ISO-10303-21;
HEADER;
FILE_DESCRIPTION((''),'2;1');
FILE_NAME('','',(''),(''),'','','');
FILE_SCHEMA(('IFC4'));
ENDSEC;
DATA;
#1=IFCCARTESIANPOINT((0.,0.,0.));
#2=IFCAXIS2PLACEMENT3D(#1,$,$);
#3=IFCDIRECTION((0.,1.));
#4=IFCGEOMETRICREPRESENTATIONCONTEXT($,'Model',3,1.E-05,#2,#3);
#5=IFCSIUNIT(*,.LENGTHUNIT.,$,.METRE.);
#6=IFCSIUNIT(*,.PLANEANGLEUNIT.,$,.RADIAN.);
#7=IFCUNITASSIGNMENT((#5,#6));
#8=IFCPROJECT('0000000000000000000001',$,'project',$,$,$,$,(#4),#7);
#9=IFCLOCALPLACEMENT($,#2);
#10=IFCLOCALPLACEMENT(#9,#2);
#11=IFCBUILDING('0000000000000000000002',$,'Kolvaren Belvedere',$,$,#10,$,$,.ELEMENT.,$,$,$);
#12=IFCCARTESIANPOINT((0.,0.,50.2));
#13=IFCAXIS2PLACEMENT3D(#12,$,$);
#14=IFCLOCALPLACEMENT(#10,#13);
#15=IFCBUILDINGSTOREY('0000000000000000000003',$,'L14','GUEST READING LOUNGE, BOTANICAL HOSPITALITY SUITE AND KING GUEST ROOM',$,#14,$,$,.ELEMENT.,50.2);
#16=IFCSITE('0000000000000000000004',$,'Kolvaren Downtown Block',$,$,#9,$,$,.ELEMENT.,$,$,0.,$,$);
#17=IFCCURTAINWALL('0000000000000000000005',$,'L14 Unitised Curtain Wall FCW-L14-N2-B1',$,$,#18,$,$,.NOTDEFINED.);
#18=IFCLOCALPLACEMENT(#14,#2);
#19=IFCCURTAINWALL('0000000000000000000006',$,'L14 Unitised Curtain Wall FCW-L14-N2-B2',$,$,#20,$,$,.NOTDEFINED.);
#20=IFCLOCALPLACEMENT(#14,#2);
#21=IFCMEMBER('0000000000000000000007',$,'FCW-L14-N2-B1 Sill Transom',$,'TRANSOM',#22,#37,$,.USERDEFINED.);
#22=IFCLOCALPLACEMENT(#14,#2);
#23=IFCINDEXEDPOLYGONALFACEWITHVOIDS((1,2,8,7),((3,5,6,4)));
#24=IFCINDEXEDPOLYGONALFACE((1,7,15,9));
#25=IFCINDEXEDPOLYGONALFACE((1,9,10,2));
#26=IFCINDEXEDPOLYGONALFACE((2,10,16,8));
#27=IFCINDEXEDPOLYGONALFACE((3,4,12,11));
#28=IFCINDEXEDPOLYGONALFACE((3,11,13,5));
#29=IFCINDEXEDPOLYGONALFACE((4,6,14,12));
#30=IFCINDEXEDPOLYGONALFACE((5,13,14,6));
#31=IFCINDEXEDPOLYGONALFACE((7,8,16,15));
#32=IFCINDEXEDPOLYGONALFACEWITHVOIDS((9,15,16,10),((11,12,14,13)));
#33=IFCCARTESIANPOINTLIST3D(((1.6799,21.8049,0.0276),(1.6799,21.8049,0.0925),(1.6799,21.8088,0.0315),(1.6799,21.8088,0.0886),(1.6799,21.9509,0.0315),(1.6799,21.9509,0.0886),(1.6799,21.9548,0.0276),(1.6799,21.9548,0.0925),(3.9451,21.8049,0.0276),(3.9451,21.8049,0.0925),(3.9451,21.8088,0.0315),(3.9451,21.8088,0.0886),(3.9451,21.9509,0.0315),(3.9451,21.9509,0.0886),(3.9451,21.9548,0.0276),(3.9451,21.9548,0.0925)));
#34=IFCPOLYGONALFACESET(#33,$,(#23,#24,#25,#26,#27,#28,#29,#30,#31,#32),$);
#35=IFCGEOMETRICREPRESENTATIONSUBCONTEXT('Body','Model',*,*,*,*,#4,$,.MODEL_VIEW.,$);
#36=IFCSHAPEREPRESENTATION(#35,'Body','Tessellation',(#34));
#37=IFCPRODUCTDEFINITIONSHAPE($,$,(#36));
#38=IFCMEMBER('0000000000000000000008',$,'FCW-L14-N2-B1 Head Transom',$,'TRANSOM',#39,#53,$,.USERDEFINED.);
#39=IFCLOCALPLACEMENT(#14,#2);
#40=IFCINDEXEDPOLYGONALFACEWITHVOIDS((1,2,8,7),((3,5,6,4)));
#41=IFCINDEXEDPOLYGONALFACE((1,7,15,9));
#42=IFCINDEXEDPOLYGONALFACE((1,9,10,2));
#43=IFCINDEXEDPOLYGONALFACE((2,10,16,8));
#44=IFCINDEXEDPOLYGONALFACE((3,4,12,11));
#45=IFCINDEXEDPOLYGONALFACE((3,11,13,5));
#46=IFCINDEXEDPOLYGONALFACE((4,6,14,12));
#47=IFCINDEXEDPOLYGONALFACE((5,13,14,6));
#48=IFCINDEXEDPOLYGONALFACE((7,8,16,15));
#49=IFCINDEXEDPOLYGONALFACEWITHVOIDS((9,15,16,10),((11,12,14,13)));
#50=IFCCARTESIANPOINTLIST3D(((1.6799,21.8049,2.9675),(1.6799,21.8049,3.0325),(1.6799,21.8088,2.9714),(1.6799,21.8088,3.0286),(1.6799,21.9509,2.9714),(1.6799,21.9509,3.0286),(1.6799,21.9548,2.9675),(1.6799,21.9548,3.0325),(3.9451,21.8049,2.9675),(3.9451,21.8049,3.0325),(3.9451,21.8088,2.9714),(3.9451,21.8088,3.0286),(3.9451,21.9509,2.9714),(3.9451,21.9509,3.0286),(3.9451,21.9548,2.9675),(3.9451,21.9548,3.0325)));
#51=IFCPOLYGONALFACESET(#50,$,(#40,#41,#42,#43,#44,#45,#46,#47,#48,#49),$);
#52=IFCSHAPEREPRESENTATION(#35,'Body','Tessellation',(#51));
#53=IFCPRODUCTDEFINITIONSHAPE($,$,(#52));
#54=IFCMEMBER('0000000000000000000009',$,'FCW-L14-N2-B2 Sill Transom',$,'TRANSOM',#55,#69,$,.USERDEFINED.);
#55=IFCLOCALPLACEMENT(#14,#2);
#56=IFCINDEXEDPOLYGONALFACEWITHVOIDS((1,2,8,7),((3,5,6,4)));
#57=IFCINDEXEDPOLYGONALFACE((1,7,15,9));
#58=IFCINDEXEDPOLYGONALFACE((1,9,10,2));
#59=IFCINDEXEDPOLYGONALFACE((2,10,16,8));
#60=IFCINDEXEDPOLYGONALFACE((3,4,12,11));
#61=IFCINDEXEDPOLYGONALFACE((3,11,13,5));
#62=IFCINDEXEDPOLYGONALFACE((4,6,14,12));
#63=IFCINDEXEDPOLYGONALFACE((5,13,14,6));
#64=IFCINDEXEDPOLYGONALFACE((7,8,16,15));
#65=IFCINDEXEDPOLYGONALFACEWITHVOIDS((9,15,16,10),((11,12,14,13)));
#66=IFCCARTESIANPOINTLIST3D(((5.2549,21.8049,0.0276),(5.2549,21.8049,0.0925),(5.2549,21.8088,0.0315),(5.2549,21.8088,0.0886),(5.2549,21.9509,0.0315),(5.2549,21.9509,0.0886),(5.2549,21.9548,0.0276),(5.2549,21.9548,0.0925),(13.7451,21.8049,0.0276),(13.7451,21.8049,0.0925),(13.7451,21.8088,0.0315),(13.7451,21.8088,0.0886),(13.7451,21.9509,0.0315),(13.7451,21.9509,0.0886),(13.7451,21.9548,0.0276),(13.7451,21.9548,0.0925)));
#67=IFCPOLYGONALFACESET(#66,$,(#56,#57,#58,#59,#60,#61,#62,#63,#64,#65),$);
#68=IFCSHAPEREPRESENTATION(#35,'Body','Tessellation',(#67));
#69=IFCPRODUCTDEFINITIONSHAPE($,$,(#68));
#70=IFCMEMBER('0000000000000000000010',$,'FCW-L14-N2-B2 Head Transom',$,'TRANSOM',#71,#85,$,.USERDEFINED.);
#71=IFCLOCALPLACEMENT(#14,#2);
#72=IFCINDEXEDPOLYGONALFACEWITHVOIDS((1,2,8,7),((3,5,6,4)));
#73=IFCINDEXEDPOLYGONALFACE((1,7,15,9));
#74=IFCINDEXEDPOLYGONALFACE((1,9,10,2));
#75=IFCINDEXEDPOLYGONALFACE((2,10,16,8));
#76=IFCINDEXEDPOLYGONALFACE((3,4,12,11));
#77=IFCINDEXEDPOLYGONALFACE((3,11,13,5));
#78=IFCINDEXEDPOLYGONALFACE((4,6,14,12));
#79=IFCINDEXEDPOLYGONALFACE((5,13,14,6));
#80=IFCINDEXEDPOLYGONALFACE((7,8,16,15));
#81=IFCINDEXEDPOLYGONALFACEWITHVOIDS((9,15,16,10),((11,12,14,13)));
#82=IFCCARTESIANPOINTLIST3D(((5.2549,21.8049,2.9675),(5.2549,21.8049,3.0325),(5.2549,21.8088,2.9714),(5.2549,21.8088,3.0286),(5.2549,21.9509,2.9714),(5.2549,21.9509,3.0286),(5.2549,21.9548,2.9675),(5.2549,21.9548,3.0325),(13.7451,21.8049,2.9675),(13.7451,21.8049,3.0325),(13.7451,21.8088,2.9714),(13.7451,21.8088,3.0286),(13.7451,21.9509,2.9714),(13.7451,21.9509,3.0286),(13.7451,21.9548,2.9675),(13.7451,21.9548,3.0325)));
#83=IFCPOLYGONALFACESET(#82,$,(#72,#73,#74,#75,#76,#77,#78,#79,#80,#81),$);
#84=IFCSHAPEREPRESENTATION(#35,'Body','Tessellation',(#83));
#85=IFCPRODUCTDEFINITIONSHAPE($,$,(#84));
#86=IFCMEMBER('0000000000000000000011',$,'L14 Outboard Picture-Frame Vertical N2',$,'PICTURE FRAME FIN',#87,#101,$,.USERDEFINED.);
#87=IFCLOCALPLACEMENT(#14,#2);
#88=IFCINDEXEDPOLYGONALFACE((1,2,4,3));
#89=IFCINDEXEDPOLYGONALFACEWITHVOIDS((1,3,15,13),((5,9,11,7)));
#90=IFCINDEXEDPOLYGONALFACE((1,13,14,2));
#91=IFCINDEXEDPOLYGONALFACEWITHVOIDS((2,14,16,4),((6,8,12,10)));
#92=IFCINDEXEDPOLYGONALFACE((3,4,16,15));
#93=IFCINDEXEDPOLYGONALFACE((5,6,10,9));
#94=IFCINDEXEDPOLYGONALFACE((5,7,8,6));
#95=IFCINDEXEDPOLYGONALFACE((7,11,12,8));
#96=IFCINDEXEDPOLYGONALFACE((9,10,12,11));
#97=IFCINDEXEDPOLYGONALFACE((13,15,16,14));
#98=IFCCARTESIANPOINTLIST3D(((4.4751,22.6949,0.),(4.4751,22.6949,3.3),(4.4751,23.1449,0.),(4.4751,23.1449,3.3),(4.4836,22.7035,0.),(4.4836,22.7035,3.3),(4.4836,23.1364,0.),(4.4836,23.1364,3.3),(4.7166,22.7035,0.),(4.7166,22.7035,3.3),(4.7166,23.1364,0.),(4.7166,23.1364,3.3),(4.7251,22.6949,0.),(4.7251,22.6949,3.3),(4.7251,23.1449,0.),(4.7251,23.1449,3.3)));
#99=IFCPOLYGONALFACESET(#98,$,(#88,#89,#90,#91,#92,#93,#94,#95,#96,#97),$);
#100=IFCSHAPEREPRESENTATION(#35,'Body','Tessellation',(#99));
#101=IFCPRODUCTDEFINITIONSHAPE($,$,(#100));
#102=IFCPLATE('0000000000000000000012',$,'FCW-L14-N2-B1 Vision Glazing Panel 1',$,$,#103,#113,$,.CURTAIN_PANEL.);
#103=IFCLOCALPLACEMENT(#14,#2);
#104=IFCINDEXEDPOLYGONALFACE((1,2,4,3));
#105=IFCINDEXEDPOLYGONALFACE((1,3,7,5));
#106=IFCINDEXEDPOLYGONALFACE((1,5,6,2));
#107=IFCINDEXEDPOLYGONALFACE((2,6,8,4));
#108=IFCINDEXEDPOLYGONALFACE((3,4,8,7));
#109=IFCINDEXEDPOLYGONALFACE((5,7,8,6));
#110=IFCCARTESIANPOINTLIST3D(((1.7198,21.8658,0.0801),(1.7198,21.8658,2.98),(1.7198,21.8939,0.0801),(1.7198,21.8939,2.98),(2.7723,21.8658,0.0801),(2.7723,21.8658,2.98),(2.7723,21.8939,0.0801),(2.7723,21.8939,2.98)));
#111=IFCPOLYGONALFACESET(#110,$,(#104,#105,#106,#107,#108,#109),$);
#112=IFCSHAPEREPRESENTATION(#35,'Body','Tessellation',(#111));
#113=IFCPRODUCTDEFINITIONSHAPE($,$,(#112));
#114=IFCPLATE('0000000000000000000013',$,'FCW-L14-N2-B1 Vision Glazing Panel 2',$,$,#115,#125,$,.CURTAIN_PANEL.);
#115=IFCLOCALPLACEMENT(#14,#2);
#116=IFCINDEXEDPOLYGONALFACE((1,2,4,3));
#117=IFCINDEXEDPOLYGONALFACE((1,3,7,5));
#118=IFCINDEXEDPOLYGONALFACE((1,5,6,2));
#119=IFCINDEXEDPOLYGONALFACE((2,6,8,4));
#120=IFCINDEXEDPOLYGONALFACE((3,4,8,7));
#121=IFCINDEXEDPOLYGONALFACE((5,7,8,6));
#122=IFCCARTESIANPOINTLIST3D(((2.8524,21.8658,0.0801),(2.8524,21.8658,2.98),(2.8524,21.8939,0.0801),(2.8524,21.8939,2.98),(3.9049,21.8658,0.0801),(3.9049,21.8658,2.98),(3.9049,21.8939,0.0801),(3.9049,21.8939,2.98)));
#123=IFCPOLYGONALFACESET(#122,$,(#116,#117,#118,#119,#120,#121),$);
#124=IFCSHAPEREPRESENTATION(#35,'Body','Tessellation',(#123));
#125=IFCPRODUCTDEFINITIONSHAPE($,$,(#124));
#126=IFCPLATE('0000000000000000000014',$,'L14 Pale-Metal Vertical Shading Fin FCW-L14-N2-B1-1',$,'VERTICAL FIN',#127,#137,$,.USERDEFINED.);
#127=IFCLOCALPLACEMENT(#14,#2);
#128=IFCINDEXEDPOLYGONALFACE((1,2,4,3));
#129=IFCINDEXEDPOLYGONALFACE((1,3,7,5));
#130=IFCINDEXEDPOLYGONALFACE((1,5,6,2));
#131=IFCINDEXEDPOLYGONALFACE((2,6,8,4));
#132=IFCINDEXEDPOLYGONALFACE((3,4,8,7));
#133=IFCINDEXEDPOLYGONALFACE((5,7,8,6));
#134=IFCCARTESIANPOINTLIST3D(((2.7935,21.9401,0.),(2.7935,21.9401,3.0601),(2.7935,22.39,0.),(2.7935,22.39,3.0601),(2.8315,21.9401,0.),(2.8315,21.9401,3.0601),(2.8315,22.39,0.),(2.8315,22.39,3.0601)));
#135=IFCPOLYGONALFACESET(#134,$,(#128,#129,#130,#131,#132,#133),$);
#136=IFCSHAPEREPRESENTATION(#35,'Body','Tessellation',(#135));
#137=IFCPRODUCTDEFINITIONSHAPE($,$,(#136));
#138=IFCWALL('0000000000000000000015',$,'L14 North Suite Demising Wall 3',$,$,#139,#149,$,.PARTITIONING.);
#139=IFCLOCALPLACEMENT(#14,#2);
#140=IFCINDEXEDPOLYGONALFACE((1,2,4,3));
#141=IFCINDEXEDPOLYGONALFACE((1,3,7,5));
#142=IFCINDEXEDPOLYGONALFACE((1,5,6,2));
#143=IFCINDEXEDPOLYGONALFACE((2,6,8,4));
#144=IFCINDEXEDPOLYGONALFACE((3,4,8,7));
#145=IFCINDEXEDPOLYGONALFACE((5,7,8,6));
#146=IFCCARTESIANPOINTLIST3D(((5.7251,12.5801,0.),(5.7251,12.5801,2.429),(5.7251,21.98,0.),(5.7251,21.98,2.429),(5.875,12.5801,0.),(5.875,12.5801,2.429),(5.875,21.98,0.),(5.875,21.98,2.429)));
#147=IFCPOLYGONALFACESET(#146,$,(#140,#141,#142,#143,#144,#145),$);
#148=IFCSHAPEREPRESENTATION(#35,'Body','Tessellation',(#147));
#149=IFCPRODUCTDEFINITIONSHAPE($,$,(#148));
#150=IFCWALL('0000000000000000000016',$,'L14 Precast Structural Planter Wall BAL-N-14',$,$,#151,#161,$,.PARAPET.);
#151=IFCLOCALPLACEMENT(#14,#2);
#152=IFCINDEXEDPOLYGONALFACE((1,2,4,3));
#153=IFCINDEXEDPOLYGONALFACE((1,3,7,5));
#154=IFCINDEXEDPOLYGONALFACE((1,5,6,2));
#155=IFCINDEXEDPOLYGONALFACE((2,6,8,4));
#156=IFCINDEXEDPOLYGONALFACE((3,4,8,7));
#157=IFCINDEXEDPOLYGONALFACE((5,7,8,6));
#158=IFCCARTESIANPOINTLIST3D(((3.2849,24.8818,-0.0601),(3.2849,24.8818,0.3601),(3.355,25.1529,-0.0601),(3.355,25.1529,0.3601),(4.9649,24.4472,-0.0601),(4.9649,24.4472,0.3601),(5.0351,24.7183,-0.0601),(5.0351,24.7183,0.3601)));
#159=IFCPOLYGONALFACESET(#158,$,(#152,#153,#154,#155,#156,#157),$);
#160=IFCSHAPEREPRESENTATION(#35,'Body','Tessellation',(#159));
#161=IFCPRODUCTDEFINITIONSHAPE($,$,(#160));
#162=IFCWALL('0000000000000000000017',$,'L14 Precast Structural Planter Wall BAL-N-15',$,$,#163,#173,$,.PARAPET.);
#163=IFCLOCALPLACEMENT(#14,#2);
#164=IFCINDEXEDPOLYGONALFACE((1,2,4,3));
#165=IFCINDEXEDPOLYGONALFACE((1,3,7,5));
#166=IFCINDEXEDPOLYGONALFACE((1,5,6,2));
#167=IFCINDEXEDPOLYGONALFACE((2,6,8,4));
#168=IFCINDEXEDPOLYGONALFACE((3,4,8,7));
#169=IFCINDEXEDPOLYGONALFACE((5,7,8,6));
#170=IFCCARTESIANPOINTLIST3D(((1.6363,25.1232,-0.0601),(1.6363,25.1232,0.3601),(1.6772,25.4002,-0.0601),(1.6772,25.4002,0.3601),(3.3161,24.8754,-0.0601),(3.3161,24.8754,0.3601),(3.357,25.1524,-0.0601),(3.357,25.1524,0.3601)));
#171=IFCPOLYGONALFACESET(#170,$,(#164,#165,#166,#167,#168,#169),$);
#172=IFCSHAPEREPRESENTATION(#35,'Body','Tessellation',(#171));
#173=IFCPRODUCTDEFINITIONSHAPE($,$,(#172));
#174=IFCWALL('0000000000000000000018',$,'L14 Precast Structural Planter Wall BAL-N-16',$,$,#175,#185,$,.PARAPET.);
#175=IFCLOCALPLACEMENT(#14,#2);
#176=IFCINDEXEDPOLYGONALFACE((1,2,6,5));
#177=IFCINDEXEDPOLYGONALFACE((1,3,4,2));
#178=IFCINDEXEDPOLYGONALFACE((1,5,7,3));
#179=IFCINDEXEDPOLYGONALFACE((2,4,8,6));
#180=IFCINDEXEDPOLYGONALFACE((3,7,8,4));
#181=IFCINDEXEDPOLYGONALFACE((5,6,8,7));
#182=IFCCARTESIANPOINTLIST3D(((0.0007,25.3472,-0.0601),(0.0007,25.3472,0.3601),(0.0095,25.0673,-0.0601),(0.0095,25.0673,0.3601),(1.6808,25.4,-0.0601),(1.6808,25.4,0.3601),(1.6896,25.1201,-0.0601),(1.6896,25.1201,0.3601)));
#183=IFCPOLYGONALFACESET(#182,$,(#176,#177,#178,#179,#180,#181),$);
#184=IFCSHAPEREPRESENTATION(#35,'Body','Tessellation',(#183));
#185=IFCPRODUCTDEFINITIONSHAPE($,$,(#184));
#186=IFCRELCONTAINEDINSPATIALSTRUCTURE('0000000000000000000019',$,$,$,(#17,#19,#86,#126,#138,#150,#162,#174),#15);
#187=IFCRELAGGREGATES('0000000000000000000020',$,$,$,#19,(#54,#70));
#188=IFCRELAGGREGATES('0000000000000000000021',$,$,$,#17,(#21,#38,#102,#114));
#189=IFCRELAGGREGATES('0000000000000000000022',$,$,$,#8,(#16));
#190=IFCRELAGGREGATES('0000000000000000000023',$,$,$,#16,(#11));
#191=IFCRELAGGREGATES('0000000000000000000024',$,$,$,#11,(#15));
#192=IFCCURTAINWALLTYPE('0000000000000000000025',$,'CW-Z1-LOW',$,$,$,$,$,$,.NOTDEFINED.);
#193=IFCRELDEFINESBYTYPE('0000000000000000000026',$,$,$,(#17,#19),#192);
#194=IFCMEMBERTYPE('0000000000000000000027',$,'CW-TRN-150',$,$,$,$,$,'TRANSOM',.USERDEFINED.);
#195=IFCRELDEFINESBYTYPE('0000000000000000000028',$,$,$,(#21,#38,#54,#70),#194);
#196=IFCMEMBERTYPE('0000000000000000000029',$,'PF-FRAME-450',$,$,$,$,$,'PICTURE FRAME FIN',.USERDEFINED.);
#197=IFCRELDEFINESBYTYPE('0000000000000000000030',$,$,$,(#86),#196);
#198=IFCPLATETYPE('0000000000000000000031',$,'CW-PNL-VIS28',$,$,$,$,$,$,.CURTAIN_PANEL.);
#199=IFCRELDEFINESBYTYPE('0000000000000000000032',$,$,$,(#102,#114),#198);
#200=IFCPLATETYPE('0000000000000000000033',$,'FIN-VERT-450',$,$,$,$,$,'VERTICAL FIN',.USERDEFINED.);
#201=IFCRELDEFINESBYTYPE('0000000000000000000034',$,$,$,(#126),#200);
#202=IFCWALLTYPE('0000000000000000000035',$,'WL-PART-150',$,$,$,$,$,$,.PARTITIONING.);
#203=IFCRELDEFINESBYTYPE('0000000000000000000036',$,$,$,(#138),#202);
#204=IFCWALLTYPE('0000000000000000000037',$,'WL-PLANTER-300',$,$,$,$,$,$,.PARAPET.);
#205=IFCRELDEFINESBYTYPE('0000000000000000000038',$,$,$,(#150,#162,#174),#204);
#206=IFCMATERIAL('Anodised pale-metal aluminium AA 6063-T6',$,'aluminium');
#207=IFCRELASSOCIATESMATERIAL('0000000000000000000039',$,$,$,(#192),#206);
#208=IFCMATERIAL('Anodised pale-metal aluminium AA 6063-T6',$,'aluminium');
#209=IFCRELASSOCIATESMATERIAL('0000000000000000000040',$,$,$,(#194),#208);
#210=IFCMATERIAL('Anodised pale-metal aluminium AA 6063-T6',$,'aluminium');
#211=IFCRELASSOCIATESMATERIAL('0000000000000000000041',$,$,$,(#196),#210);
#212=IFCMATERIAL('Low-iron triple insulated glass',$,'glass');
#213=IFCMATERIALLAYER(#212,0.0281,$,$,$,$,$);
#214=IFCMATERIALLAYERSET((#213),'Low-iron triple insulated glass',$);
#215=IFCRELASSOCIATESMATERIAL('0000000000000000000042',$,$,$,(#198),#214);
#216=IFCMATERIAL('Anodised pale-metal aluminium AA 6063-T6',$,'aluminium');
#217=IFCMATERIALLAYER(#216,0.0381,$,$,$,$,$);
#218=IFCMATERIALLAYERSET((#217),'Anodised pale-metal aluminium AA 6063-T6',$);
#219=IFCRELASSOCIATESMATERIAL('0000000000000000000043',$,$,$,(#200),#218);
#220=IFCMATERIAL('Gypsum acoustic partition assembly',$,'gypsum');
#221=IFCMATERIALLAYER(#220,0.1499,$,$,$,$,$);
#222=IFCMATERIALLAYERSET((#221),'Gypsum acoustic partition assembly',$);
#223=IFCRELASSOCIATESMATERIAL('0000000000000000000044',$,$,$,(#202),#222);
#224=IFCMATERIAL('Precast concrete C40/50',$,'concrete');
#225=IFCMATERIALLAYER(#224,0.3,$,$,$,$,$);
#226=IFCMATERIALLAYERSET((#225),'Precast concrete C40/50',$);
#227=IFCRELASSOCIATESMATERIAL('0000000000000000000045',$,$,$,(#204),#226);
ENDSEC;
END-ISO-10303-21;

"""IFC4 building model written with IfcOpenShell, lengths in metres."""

from ifc_helpers import new_model, si_unit, direction, frame, frame_2d, origin, origin_2d, place, context, subcontext, project, spatial, rectangle, hollow_rectangle, extrude, material, layer, layer_set, material_profile, profile_set, type_object, element, aggregate, save


model = new_model("IFC4")

# Units and contexts
model_context = context("Model", 3, precision=1e-05, world=origin(), true_north=direction((0.0, 1.0)))
body_context = subcontext(model_context, "Body", "Model", "MODEL_VIEW")
ifc_project = project(units=[si_unit("LENGTHUNIT", "METRE"), si_unit("PLANEANGLEUNIT", "RADIAN")], contexts=[model_context])

# Site, building, storey
site_placement = place(None, origin())
site = spatial("IfcSite", under=ifc_project, at=site_placement, Name="Kolvaren Downtown Block", CompositionType="ELEMENT", RefElevation=0.0)
building_placement = place(site_placement, origin())
building = spatial("IfcBuilding", under=site, at=building_placement, Name="Kolvaren Belvedere", CompositionType="ELEMENT")
storey_placement = place(building_placement, frame((0.0, 0.0, 50.2)))
storey = spatial("IfcBuildingStorey", under=building, at=storey_placement, Name="L14", Description="GUEST READING LOUNGE, BOTANICAL HOSPITALITY SUITE AND KING GUEST ROOM", CompositionType="ELEMENT", Elevation=50.2)

# Curtain wall
ifc_material_1 = material(Name="Anodised pale-metal aluminium AA 6063-T6", Category="aluminium")
curtain_wall_type = type_object("IfcCurtainWallType", Name="CW-Z1-LOW", PredefinedType="NOTDEFINED", material=ifc_material_1)
curtain_wall_1_placement = place(storey_placement, origin())
curtain_wall_1 = element("IfcCurtainWall", 1, at=curtain_wall_1_placement, inside=storey, type_object=curtain_wall_type, Name="L14 Unitised Curtain Wall FCW-L14-N2-B1", PredefinedType="NOTDEFINED")

# Curtain wall
curtain_wall_2_placement = place(storey_placement, origin())
curtain_wall_2 = element("IfcCurtainWall", 2, at=curtain_wall_2_placement, inside=storey, type_object=curtain_wall_type, Name="L14 Unitised Curtain Wall FCW-L14-N2-B2", PredefinedType="NOTDEFINED")

# Members
ifc_material_2 = material(Name="Anodised pale-metal aluminium AA 6063-T6", Category="aluminium")
ifc_material_profile_1 = material_profile(ifc_material_2, hollow_rectangle(XDim=0.0649, YDim=0.1499, WallThickness=0.0039, at=origin_2d()), Name="ALU-TRN-150X65")
ifc_profile_set_1 = profile_set([ifc_material_profile_1], Name="Anodised pale-metal aluminium AA 6063-T6")
member_type_1 = type_object("IfcMemberType", Name="CW-TRN-150", ElementType="TRANSOM", PredefinedType="USERDEFINED", material=ifc_profile_set_1)
member_1_placement = place(storey_placement, frame((1.6799, 21.8799, 0.0601), z_axis=(1.0, 0.0, 0.0), x_axis=(0.0, 0.0, 1.0)))
member_1 = element("IfcMember", 3, at=member_1_placement, type_object=member_type_1, Name="FCW-L14-N2-B1 Sill Transom", ObjectType="TRANSOM", PredefinedType="USERDEFINED", context=body_context, shape_type="SweptSolid", body=[
    extrude(hollow_rectangle(XDim=0.0649, YDim=0.1499, WallThickness=0.0039, at=origin_2d()), origin(), (0.0, 0.0, 1.0), 2.2651),
])
member_2_placement = place(storey_placement, frame((1.6799, 21.8799, 3.0), z_axis=(1.0, 0.0, 0.0), x_axis=(0.0, 0.0, 1.0)))
member_2 = element("IfcMember", 4, at=member_2_placement, type_object=member_type_1, Name="FCW-L14-N2-B1 Head Transom", ObjectType="TRANSOM", PredefinedType="USERDEFINED", context=body_context, shape_type="SweptSolid", body=[
    extrude(hollow_rectangle(XDim=0.0649, YDim=0.1499, WallThickness=0.0039, at=origin_2d()), origin(), (0.0, 0.0, 1.0), 2.2651),
])
member_3_placement = place(storey_placement, frame((5.2549, 21.8799, 0.0601), z_axis=(1.0, 0.0, 0.0), x_axis=(0.0, 0.0, 1.0)))
member_3 = element("IfcMember", 5, at=member_3_placement, type_object=member_type_1, Name="FCW-L14-N2-B2 Sill Transom", ObjectType="TRANSOM", PredefinedType="USERDEFINED", context=body_context, shape_type="SweptSolid", body=[
    extrude(hollow_rectangle(XDim=0.0649, YDim=0.1499, WallThickness=0.0039, at=origin_2d()), origin(), (0.0, 0.0, 1.0), 8.4902),
])
member_4_placement = place(storey_placement, frame((5.2549, 21.8799, 3.0), z_axis=(1.0, 0.0, 0.0), x_axis=(0.0, 0.0, 1.0)))
member_4 = element("IfcMember", 6, at=member_4_placement, type_object=member_type_1, Name="FCW-L14-N2-B2 Head Transom", ObjectType="TRANSOM", PredefinedType="USERDEFINED", context=body_context, shape_type="SweptSolid", body=[
    extrude(hollow_rectangle(XDim=0.0649, YDim=0.1499, WallThickness=0.0039, at=origin_2d()), origin(), (0.0, 0.0, 1.0), 8.4902),
])
aggregate(curtain_wall_2, [member_3, member_4])
ifc_material_3 = material(Name="Anodised pale-metal aluminium AA 6063-T6", Category="aluminium")
ifc_material_profile_2 = material_profile(ifc_material_3, hollow_rectangle(XDim=0.25, YDim=0.45, WallThickness=0.0085, at=origin_2d()), Name="ALU-PF-450X250")
ifc_profile_set_2 = profile_set([ifc_material_profile_2], Name="Anodised pale-metal aluminium AA 6063-T6")
member_type_2 = type_object("IfcMemberType", Name="PF-FRAME-450", ElementType="PICTURE FRAME FIN", PredefinedType="USERDEFINED", material=ifc_profile_set_2)
member_5_placement = place(storey_placement, frame((4.6001, 22.9199, 0.0), z_axis=(0.0, 0.0, 1.0), x_axis=(1.0, 0.0, 0.0)))
element("IfcMember", 7, at=member_5_placement, inside=storey, type_object=member_type_2, Name="L14 Outboard Picture-Frame Vertical N2", ObjectType="PICTURE FRAME FIN", PredefinedType="USERDEFINED", context=body_context, shape_type="SweptSolid", body=[
    extrude(hollow_rectangle(XDim=0.25, YDim=0.45, WallThickness=0.0085, at=origin_2d()), origin(), (0.0, 0.0, 1.0), 3.3),
])

# Plates
ifc_material_4 = material(Name="Low-iron triple insulated glass", Category="glass")
ifc_layer_1 = layer(ifc_material_4, 0.0281)
ifc_layer_set_1 = layer_set([ifc_layer_1], Name="Low-iron triple insulated glass")
plate_type_1 = type_object("IfcPlateType", Name="CW-PNL-VIS28", PredefinedType="CURTAIN_PANEL", material=ifc_layer_set_1)
plate_1_placement = place(storey_placement, frame((2.2461, 21.8799, 0.0801), z_axis=(0.0, 0.0, 1.0), x_axis=(1.0, 0.0, 0.0)))
plate_1 = element("IfcPlate", 8, at=plate_1_placement, type_object=plate_type_1, Name="FCW-L14-N2-B1 Vision Glazing Panel 1", PredefinedType="CURTAIN_PANEL", context=body_context, shape_type="SweptSolid", body=[
    extrude(rectangle(XDim=1.0525, YDim=0.0281, at=origin_2d()), origin(), (0.0, 0.0, 1.0), 2.8999),
])
plate_2_placement = place(storey_placement, frame((3.3787, 21.8799, 0.0801), z_axis=(0.0, 0.0, 1.0), x_axis=(1.0, 0.0, 0.0)))
plate_2 = element("IfcPlate", 9, at=plate_2_placement, type_object=plate_type_1, Name="FCW-L14-N2-B1 Vision Glazing Panel 2", PredefinedType="CURTAIN_PANEL", context=body_context, shape_type="SweptSolid", body=[
    extrude(rectangle(XDim=1.0525, YDim=0.0281, at=origin_2d()), origin(), (0.0, 0.0, 1.0), 2.8999),
])
aggregate(curtain_wall_1, [member_1, member_2, plate_1, plate_2])
ifc_material_5 = material(Name="Anodised pale-metal aluminium AA 6063-T6", Category="aluminium")
ifc_layer_2 = layer(ifc_material_5, 0.0381)
ifc_layer_set_2 = layer_set([ifc_layer_2], Name="Anodised pale-metal aluminium AA 6063-T6")
plate_type_2 = type_object("IfcPlateType", Name="FIN-VERT-450", ElementType="VERTICAL FIN", PredefinedType="USERDEFINED", material=ifc_layer_set_2)
plate_3_placement = place(storey_placement, frame((2.8125, 22.165, 0.0), z_axis=(0.0, 0.0, 1.0), x_axis=(0.0, 1.0, 0.0)))
element("IfcPlate", 10, at=plate_3_placement, inside=storey, type_object=plate_type_2, Name="L14 Pale-Metal Vertical Shading Fin FCW-L14-N2-B1-1", ObjectType="VERTICAL FIN", PredefinedType="USERDEFINED", context=body_context, shape_type="SweptSolid", body=[
    extrude(rectangle(XDim=0.45, YDim=0.0381, at=origin_2d()), origin(), (0.0, 0.0, 1.0), 3.0601),
])

# Walls
ifc_material_6 = material(Name="Gypsum acoustic partition assembly", Category="gypsum")
ifc_layer_3 = layer(ifc_material_6, 0.1499)
ifc_layer_set_3 = layer_set([ifc_layer_3], Name="Gypsum acoustic partition assembly")
wall_type_1 = type_object("IfcWallType", Name="WL-PART-150", PredefinedType="PARTITIONING", material=ifc_layer_set_3)
wall_1_placement = place(storey_placement, frame((5.8, 12.5801, 0.0), z_axis=(0.0, 0.0, 1.0), x_axis=(0.0, 1.0, 0.0)))
element("IfcWall", 11, at=wall_1_placement, inside=storey, type_object=wall_type_1, Name="L14 North Suite Demising Wall 3", PredefinedType="PARTITIONING", context=body_context, shape_type="SweptSolid", body=[
    extrude(rectangle(XDim=9.3999, YDim=0.1499, at=frame_2d((4.7, 0.0))), origin(), (0.0, 0.0, 1.0), 2.429),
])
ifc_material_7 = material(Name="Precast concrete C40/50", Category="concrete")
ifc_layer_4 = layer(ifc_material_7, 0.3)
ifc_layer_set_4 = layer_set([ifc_layer_4], Name="Precast concrete C40/50")
wall_type_2 = type_object("IfcWallType", Name="WL-PLANTER-300", PredefinedType="PARAPET", material=ifc_layer_set_4)
wall_2_placement = place(storey_placement, frame((5.0, 24.5828, -0.0601), z_axis=(0.0, 0.0, 1.0), x_axis=(-0.968141, 0.250406, 0.0)))
element("IfcWall", 12, at=wall_2_placement, inside=storey, type_object=wall_type_2, Name="L14 Precast Structural Planter Wall BAL-N-14", PredefinedType="PARAPET", context=body_context, shape_type="SweptSolid", body=[
    extrude(rectangle(XDim=1.7354, YDim=0.28, at=frame_2d((0.8677, 0.0))), origin(), (0.0, 0.0, 1.0), 0.4202),
])
wall_3_placement = place(storey_placement, frame((3.3367, 25.0139, -0.0601), z_axis=(0.0, 0.0, 1.0), x_axis=(-0.989295, 0.145929, 0.0)))
element("IfcWall", 13, at=wall_3_placement, inside=storey, type_object=wall_type_2, Name="L14 Precast Structural Planter Wall BAL-N-15", PredefinedType="PARAPET", context=body_context, shape_type="SweptSolid", body=[
    extrude(rectangle(XDim=1.698, YDim=0.28, at=frame_2d((0.8491, 0.0))), origin(), (0.0, 0.0, 1.0), 0.4202),
])
wall_4_placement = place(storey_placement, frame((1.6851, 25.26, -0.0601), z_axis=(0.0, 0.0, 1.0), x_axis=(-0.999508, -0.031371, 0.0)))
element("IfcWall", 14, at=wall_4_placement, inside=storey, type_object=wall_type_2, Name="L14 Precast Structural Planter Wall BAL-N-16", PredefinedType="PARAPET", context=body_context, shape_type="SweptSolid", body=[
    extrude(rectangle(XDim=1.6809, YDim=0.28, at=frame_2d((0.8403, 0.0))), origin(), (0.0, 0.0, 1.0), 0.4202),
])

save(model, "model.ifc")
